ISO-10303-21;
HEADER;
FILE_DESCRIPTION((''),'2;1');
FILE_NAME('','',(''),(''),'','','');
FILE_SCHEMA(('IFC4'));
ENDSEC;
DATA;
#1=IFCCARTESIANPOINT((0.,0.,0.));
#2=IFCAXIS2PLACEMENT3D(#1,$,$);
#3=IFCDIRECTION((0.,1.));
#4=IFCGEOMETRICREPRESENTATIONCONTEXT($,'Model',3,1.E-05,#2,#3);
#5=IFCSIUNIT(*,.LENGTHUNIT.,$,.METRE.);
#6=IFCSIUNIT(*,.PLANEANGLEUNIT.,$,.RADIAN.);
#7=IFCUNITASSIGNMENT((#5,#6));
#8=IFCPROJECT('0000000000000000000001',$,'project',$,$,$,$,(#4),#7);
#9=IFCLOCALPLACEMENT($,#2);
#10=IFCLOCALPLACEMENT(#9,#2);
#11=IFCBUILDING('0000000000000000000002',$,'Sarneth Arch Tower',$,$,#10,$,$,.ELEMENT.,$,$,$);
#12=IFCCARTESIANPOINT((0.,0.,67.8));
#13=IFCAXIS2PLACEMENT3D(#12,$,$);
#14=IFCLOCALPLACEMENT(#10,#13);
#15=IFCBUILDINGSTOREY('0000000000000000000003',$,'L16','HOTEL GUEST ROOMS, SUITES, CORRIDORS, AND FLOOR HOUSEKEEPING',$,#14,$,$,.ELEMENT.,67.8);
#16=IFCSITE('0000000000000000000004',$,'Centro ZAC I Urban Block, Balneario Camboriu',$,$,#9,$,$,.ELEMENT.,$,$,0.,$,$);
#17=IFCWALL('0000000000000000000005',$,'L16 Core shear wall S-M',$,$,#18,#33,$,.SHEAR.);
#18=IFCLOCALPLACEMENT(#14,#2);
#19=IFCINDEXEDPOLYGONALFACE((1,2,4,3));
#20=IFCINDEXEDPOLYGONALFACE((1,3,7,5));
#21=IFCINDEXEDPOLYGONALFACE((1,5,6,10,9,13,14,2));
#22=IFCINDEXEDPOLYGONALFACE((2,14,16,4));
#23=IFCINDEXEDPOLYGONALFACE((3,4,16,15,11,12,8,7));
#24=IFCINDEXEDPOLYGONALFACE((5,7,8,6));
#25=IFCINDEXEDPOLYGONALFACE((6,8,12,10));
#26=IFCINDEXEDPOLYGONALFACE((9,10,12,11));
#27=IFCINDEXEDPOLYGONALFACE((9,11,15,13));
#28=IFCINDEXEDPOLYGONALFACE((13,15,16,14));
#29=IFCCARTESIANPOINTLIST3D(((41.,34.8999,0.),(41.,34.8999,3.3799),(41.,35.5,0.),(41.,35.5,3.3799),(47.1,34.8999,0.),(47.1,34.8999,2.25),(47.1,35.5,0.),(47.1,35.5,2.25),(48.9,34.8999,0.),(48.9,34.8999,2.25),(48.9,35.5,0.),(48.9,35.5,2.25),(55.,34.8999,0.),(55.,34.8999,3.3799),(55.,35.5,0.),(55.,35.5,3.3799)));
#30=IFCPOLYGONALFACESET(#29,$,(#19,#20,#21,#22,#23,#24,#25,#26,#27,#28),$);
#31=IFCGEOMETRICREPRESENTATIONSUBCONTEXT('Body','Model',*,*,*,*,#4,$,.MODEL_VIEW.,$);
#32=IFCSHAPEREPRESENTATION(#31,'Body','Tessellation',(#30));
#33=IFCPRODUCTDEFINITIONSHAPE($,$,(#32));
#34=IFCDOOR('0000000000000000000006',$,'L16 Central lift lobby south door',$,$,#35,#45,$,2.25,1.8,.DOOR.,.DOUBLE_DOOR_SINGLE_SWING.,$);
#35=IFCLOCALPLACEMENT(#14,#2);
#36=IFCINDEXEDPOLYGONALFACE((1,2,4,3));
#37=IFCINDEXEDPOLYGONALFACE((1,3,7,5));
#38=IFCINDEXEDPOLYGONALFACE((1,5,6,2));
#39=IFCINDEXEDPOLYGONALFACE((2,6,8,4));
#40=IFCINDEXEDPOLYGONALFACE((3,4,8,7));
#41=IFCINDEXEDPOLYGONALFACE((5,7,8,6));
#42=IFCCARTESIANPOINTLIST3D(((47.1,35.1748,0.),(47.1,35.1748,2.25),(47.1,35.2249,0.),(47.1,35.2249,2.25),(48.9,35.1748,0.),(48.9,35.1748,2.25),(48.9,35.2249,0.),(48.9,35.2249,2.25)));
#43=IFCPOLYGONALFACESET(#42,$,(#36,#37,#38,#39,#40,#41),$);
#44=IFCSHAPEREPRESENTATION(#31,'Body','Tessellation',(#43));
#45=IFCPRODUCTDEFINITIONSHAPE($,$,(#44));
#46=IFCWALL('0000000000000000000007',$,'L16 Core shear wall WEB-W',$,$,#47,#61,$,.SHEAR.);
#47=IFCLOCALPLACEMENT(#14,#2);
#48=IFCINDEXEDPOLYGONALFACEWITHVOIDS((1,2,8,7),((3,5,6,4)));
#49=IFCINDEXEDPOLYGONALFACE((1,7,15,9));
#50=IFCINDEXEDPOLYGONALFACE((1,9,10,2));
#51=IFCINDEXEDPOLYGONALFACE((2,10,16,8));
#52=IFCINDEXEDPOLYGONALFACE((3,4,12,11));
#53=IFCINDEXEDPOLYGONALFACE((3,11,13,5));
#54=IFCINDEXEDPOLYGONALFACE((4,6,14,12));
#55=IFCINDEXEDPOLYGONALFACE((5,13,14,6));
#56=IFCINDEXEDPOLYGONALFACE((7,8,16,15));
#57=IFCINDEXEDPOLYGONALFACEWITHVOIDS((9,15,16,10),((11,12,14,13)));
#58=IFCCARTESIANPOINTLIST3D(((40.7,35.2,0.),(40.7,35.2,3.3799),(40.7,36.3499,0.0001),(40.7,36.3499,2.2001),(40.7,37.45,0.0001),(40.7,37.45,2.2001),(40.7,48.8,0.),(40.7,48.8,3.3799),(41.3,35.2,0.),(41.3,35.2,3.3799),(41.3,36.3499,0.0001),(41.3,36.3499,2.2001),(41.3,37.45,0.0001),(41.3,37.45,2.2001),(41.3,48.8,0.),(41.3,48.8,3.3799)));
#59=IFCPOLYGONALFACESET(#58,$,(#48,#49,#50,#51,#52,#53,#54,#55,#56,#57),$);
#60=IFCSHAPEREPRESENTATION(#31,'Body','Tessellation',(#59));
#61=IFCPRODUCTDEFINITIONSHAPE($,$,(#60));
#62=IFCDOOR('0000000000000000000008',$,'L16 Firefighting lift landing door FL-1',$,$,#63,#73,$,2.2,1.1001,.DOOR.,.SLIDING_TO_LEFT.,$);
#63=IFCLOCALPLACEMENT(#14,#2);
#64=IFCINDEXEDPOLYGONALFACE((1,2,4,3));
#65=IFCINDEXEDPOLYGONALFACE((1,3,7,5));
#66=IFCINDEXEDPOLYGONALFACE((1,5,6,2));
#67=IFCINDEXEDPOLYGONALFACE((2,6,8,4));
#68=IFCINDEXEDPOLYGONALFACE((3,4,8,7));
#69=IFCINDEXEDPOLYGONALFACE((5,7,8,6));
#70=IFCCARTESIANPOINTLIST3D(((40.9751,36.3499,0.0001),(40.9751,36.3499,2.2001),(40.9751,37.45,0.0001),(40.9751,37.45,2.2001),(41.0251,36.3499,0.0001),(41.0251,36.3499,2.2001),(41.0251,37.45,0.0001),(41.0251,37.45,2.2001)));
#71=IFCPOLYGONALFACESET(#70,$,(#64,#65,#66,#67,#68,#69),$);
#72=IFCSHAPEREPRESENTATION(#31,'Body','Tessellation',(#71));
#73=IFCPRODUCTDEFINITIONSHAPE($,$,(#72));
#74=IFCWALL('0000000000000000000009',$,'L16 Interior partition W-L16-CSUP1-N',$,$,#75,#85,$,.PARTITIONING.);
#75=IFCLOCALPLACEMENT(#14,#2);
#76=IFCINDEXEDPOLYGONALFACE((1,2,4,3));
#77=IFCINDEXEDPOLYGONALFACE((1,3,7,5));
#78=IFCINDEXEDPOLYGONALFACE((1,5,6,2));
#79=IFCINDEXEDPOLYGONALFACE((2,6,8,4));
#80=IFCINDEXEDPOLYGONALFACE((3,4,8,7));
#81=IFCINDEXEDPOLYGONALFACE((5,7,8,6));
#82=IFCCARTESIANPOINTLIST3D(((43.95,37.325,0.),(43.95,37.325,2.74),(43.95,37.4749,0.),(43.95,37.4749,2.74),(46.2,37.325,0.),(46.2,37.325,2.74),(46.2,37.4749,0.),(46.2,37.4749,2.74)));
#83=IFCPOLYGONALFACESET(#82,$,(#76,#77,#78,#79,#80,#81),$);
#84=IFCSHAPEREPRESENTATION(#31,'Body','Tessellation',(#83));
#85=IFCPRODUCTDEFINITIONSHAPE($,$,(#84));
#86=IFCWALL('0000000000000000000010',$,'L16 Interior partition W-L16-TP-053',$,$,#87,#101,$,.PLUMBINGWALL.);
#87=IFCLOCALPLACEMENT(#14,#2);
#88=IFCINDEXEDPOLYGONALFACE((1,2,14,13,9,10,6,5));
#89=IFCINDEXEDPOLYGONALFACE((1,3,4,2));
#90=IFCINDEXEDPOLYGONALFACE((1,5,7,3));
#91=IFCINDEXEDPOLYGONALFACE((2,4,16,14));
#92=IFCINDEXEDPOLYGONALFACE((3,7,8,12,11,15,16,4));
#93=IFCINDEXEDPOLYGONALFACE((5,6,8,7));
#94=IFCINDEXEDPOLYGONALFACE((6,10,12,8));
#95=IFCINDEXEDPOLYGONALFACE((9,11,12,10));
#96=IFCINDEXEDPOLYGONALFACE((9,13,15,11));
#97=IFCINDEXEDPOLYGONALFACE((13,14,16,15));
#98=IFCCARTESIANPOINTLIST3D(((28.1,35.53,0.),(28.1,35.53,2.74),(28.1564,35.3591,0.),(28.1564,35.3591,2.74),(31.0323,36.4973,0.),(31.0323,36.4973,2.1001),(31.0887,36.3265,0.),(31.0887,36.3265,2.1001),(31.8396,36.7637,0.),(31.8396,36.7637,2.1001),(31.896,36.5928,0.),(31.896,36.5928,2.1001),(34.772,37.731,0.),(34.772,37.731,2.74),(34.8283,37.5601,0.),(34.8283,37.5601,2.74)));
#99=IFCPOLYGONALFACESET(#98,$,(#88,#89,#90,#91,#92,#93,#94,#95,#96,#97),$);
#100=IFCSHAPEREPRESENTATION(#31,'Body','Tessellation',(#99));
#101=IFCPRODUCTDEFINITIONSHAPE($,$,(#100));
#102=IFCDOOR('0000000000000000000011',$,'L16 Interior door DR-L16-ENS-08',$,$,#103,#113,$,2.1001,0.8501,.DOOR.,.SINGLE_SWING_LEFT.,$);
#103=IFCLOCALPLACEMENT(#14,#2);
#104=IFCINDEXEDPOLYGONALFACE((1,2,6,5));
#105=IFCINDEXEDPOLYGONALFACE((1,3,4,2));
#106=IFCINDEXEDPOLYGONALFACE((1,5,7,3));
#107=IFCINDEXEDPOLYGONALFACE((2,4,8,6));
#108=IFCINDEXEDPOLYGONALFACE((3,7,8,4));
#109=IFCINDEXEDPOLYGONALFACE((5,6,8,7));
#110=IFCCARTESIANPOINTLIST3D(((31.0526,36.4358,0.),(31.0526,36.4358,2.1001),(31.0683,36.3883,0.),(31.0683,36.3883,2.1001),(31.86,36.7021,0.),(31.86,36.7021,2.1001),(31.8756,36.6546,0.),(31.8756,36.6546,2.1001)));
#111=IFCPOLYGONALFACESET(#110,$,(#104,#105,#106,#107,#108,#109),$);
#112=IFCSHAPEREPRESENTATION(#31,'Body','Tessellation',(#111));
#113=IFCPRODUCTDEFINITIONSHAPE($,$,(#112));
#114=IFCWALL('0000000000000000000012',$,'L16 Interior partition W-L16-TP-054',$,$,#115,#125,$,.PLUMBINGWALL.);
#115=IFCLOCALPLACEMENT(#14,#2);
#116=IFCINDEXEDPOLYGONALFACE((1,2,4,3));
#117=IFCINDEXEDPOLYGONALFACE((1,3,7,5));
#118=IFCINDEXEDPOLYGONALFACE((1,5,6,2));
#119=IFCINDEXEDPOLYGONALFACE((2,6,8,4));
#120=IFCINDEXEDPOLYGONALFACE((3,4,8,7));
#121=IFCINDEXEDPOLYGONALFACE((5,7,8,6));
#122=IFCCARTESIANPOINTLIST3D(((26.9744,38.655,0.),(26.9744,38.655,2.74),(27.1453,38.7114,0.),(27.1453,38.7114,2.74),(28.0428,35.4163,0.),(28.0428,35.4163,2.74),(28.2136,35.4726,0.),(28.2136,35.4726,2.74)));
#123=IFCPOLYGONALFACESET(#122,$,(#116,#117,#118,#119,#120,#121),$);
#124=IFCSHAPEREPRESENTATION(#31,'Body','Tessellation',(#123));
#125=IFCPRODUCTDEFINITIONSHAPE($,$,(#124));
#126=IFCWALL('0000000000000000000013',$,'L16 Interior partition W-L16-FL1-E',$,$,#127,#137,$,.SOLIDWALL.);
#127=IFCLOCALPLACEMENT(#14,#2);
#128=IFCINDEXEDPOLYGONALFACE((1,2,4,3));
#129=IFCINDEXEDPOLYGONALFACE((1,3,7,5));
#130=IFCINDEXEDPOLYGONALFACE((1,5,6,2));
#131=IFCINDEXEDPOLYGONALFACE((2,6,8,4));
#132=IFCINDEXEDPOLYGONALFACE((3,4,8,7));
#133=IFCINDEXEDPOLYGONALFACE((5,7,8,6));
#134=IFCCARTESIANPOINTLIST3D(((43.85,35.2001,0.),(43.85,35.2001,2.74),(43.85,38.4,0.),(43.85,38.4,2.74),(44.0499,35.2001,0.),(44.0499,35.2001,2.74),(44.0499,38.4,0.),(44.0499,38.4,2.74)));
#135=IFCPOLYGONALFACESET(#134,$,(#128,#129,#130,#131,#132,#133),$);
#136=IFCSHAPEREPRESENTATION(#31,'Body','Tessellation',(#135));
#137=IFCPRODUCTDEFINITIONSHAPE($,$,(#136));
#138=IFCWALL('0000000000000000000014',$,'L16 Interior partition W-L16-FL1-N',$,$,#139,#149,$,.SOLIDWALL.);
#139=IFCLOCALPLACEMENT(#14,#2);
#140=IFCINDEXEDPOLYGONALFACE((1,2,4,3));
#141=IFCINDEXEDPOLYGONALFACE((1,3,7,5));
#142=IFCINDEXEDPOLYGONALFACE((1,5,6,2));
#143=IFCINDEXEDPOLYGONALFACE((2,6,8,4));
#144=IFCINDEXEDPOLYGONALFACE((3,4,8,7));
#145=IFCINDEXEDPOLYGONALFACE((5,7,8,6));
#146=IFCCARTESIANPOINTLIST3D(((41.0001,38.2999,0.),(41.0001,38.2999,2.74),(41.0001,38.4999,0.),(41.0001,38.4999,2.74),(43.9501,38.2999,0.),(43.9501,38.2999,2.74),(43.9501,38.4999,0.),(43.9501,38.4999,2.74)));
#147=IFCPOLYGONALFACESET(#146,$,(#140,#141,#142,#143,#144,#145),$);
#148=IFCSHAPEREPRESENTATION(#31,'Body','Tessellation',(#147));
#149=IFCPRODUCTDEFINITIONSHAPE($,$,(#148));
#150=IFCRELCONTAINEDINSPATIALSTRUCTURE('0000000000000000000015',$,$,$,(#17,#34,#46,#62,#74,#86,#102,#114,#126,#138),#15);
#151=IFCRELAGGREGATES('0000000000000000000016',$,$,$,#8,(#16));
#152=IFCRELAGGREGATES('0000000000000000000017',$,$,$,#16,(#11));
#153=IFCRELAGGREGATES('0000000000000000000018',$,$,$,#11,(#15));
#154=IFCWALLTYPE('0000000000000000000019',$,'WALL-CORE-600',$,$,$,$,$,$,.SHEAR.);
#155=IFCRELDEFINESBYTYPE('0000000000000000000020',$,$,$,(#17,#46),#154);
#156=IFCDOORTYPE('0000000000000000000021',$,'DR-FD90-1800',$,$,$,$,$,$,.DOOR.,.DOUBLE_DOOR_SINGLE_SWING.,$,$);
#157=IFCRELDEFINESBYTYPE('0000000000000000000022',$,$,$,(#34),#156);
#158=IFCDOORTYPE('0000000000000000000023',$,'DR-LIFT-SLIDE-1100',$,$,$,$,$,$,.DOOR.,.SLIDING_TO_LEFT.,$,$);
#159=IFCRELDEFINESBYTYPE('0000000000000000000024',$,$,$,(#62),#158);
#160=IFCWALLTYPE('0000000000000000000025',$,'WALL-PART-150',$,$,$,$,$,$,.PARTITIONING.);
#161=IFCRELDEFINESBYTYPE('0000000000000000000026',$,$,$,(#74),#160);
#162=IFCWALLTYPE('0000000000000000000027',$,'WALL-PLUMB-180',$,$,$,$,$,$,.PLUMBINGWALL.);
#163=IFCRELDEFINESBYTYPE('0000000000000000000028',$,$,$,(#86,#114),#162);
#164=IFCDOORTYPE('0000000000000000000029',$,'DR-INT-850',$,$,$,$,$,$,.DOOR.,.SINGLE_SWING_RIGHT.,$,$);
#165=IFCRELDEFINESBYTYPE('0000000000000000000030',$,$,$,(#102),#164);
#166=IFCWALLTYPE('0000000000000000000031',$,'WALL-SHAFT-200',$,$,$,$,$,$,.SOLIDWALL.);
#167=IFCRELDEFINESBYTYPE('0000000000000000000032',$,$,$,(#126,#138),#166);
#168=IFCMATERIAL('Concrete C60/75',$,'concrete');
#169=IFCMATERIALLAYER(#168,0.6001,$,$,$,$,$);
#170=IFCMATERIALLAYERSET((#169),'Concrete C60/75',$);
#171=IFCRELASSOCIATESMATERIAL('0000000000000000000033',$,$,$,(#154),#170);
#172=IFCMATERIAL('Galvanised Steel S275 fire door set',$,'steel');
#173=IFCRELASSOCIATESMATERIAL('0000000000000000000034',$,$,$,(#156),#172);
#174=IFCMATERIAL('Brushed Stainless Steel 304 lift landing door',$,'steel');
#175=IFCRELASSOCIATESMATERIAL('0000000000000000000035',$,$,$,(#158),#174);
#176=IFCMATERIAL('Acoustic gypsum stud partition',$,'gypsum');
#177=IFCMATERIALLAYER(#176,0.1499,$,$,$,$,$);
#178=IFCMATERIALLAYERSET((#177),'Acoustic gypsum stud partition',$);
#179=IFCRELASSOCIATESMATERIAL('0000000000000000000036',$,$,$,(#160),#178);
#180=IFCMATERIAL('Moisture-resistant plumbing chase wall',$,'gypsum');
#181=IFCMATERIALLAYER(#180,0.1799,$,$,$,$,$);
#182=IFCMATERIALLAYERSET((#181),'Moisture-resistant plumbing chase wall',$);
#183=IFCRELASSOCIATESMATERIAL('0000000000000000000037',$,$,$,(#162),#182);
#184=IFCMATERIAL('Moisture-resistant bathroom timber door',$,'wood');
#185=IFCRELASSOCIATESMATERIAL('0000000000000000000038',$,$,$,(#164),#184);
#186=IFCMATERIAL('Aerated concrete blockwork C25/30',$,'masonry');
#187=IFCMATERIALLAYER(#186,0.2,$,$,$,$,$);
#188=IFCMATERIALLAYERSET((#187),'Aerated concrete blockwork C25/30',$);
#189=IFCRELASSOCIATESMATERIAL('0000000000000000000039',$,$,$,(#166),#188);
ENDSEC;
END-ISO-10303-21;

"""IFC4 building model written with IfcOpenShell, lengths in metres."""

from ifc_helpers import new_model, si_unit, direction, frame, frame_2d, origin, place, context, subcontext, project, spatial, rectangle, extrude, material, layer, layer_set, type_object, element, fill, save


model = new_model("IFC4")

# Units and contexts
model_context = context("Model", 3, precision=1e-05, world=origin(), true_north=direction((0.0, 1.0)))
body_context = subcontext(model_context, "Body", "Model", "MODEL_VIEW")
ifc_project = project(units=[si_unit("LENGTHUNIT", "METRE"), si_unit("PLANEANGLEUNIT", "RADIAN")], contexts=[model_context])

# Site, building, storey
site_placement = place(None, origin())
site = spatial("IfcSite", under=ifc_project, at=site_placement, Name="Centro ZAC I Urban Block, Balneario Camboriu", CompositionType="ELEMENT", RefElevation=0.0)
building_placement = place(site_placement, origin())
building = spatial("IfcBuilding", under=site, at=building_placement, Name="Sarneth Arch Tower", CompositionType="ELEMENT")
storey_placement = place(building_placement, frame((0.0, 0.0, 67.8)))
storey = spatial("IfcBuildingStorey", under=building, at=storey_placement, Name="L16", Description="HOTEL GUEST ROOMS, SUITES, CORRIDORS, AND FLOOR HOUSEKEEPING", CompositionType="ELEMENT", Elevation=67.8)

# Shared definitions
ifc_material_1 = material(Name="Concrete C60/75", Category="concrete")
ifc_layer_1 = layer(ifc_material_1, 0.6001)
ifc_layer_set_1 = layer_set([ifc_layer_1], Name="Concrete C60/75")
wall_type_1 = type_object("IfcWallType", Name="WALL-CORE-600", PredefinedType="SHEAR", material=ifc_layer_set_1)

# Walls, openings, doors
wall_1_placement = place(storey_placement, frame((41.0, 35.2, 0.0), z_axis=(0.0, 0.0, 1.0), x_axis=(1.0, 0.0, 0.0)))
wall_1 = element("IfcWall", 1, at=wall_1_placement, inside=storey, type_object=wall_type_1, Name="L16 Core shear wall S-M", PredefinedType="SHEAR", context=body_context, shape_type="SweptSolid", body=[
    extrude(rectangle(XDim=14.0, YDim=0.6001, at=frame_2d((7.0, 0.0))), origin(), (0.0, 0.0, 1.0), 3.3799),
])
opening_1_placement = place(wall_1_placement, frame((6.1001, 0.0, 0.0)))
opening_1 = element("IfcOpeningElement", 2, at=opening_1_placement, cuts=wall_1, PredefinedType="OPENING", context=body_context, shape_type="SweptSolid", body=[
    extrude(rectangle(XDim=1.8, YDim=2.25, at=frame_2d((0.8999, 1.125))), frame((0.0, 0.3101, 0.0), z_axis=(0.0, -1.0, 0.0), x_axis=(1.0, 0.0, 0.0)), (0.0, 0.0, 1.0), 0.6201),
])
ifc_material_2 = material(Name="Galvanised Steel S275 fire door set", Category="steel")
door_type_1 = type_object("IfcDoorType", Name="DR-FD90-1800", OperationType="DOUBLE_DOOR_SINGLE_SWING", PredefinedType="DOOR", material=ifc_material_2)
door_1_placement = place(opening_1_placement, origin())
door_1 = element("IfcDoor", 3, at=door_1_placement, inside=storey, type_object=door_type_1, Name="L16 Central lift lobby south door", OperationType="DOUBLE_DOOR_SINGLE_SWING", OverallHeight=2.25, OverallWidth=1.8, PredefinedType="DOOR", context=body_context, shape_type="SweptSolid", body=[
    extrude(rectangle(XDim=1.8, YDim=2.25, at=frame_2d((0.8999, 1.125))), frame((0.0, 0.0249, 0.0), z_axis=(0.0, -1.0, 0.0), x_axis=(1.0, 0.0, 0.0)), (0.0, 0.0, 1.0), 0.05),
])
fill(opening_1, door_1)
wall_2_placement = place(storey_placement, frame((41.0, 35.2, 0.0), z_axis=(0.0, 0.0, 1.0), x_axis=(0.0, 1.0, 0.0)))
wall_2 = element("IfcWall", 4, at=wall_2_placement, inside=storey, type_object=wall_type_1, Name="L16 Core shear wall WEB-W", PredefinedType="SHEAR", context=body_context, shape_type="SweptSolid", body=[
    extrude(rectangle(XDim=13.6001, YDim=0.6001, at=frame_2d((6.8, 0.0))), origin(), (0.0, 0.0, 1.0), 3.3799),
])
opening_2_placement = place(wall_2_placement, frame((1.1499, 0.0, 0.0)))
opening_2 = element("IfcOpeningElement", 5, at=opening_2_placement, cuts=wall_2, PredefinedType="OPENING", context=body_context, shape_type="SweptSolid", body=[
    extrude(rectangle(XDim=1.1001, YDim=2.2, at=frame_2d((0.55, 1.1001))), frame((0.0, 0.3101, 0.0), z_axis=(0.0, -1.0, 0.0), x_axis=(1.0, 0.0, 0.0)), (0.0, 0.0, 1.0), 0.6201),
])
ifc_material_3 = material(Name="Brushed Stainless Steel 304 lift landing door", Category="steel")
door_type_2 = type_object("IfcDoorType", Name="DR-LIFT-SLIDE-1100", OperationType="SLIDING_TO_LEFT", PredefinedType="DOOR", material=ifc_material_3)
door_2_placement = place(opening_2_placement, origin())
door_2 = element("IfcDoor", 6, at=door_2_placement, inside=storey, type_object=door_type_2, Name="L16 Firefighting lift landing door FL-1", OperationType="SLIDING_TO_LEFT", OverallHeight=2.2, OverallWidth=1.1001, PredefinedType="DOOR", context=body_context, shape_type="SweptSolid", body=[
    extrude(rectangle(XDim=1.1001, YDim=2.2, at=frame_2d((0.55, 1.1001))), frame((0.0, 0.0249, 0.0), z_axis=(0.0, -1.0, 0.0), x_axis=(1.0, 0.0, 0.0)), (0.0, 0.0, 1.0), 0.05),
])
fill(opening_2, door_2)

# Wall
ifc_material_4 = material(Name="Acoustic gypsum stud partition", Category="gypsum")
ifc_layer_2 = layer(ifc_material_4, 0.1499)
ifc_layer_set_2 = layer_set([ifc_layer_2], Name="Acoustic gypsum stud partition")
wall_type_2 = type_object("IfcWallType", Name="WALL-PART-150", PredefinedType="PARTITIONING", material=ifc_layer_set_2)
wall_3_placement = place(storey_placement, frame((43.95, 37.3999, 0.0), z_axis=(0.0, 0.0, 1.0), x_axis=(1.0, 0.0, 0.0)))
element("IfcWall", 7, at=wall_3_placement, inside=storey, type_object=wall_type_2, Name="L16 Interior partition W-L16-CSUP1-N", PredefinedType="PARTITIONING", context=body_context, shape_type="SweptSolid", body=[
    extrude(rectangle(XDim=2.25, YDim=0.1499, at=frame_2d((1.125, 0.0))), origin(), (0.0, 0.0, 1.0), 2.74),
])

# Wall, opening, door
ifc_material_5 = material(Name="Moisture-resistant plumbing chase wall", Category="gypsum")
ifc_layer_3 = layer(ifc_material_5, 0.1799)
ifc_layer_set_3 = layer_set([ifc_layer_3], Name="Moisture-resistant plumbing chase wall")
wall_type_3 = type_object("IfcWallType", Name="WALL-PLUMB-180", PredefinedType="PLUMBINGWALL", material=ifc_layer_set_3)
wall_4_placement = place(storey_placement, frame((34.8, 37.6455, 0.0), z_axis=(0.0, 0.0, 1.0), x_axis=(-0.949662, -0.313276, 0.0)))
wall_4 = element("IfcWall", 8, at=wall_4_placement, inside=storey, type_object=wall_type_3, Name="L16 Interior partition W-L16-TP-053", PredefinedType="PLUMBINGWALL", context=body_context, shape_type="SweptSolid", body=[
    extrude(rectangle(XDim=7.0256, YDim=0.1799, at=frame_2d((3.5127, 0.0))), origin(), (0.0, 0.0, 1.0), 2.74),
])
opening_3_placement = place(wall_4_placement, frame((3.0876, 0.0, 0.0)))
opening_3 = element("IfcOpeningElement", 9, at=opening_3_placement, cuts=wall_4, PredefinedType="OPENING", context=body_context, shape_type="SweptSolid", body=[
    extrude(rectangle(XDim=0.8501, YDim=2.1001, at=frame_2d((0.425, 1.05))), frame((0.0, 0.0999, 0.0), z_axis=(0.0, -1.0, 0.0), x_axis=(1.0, 0.0, 0.0)), (0.0, 0.0, 1.0), 0.2),
])
ifc_material_6 = material(Name="Moisture-resistant bathroom timber door", Category="wood")
door_type_3 = type_object("IfcDoorType", Name="DR-INT-850", OperationType="SINGLE_SWING_RIGHT", PredefinedType="DOOR", material=ifc_material_6)
door_3_placement = place(opening_3_placement, origin())
door_3 = element("IfcDoor", 10, at=door_3_placement, inside=storey, type_object=door_type_3, Name="L16 Interior door DR-L16-ENS-08", OperationType="SINGLE_SWING_LEFT", OverallHeight=2.1001, OverallWidth=0.8501, PredefinedType="DOOR", context=body_context, shape_type="SweptSolid", body=[
    extrude(rectangle(XDim=0.8501, YDim=2.1001, at=frame_2d((0.425, 1.05))), frame((0.0, 0.0249, 0.0), z_axis=(0.0, -1.0, 0.0), x_axis=(1.0, 0.0, 0.0)), (0.0, 0.0, 1.0), 0.05),
])
fill(opening_3, door_3)

# Wall
wall_5_placement = place(storey_placement, frame((28.1282, 35.4446, 0.0), z_axis=(0.0, 0.0, 1.0), x_axis=(-0.313263, 0.949667, 0.0)))
element("IfcWall", 11, at=wall_5_placement, inside=storey, type_object=wall_type_3, Name="L16 Interior partition W-L16-TP-054", PredefinedType="PLUMBINGWALL", context=body_context, shape_type="SweptSolid", body=[
    extrude(rectangle(XDim=3.4104, YDim=0.1799, at=frame_2d((1.7051, 0.0))), origin(), (0.0, 0.0, 1.0), 2.74),
])

# Shared definitions
ifc_material_7 = material(Name="Aerated concrete blockwork C25/30", Category="masonry")
ifc_layer_4 = layer(ifc_material_7, 0.2)
ifc_layer_set_4 = layer_set([ifc_layer_4], Name="Aerated concrete blockwork C25/30")
wall_type_4 = type_object("IfcWallType", Name="WALL-SHAFT-200", PredefinedType="SOLIDWALL", material=ifc_layer_set_4)

# Walls
wall_6_placement = place(storey_placement, frame((43.95, 35.2, 0.0), z_axis=(0.0, 0.0, 1.0), x_axis=(0.0, 1.0, 0.0)))
element("IfcWall", 12, at=wall_6_placement, inside=storey, type_object=wall_type_4, Name="L16 Interior partition W-L16-FL1-E", PredefinedType="SOLIDWALL", context=body_context, shape_type="SweptSolid", body=[
    extrude(rectangle(XDim=3.2, YDim=0.2, at=frame_2d((1.6001, 0.0))), origin(), (0.0, 0.0, 1.0), 2.74),
])
wall_7_placement = place(storey_placement, frame((41.0, 38.3999, 0.0), z_axis=(0.0, 0.0, 1.0), x_axis=(1.0, 0.0, 0.0)))
element("IfcWall", 13, at=wall_7_placement, inside=storey, type_object=wall_type_4, Name="L16 Interior partition W-L16-FL1-N", PredefinedType="SOLIDWALL", context=body_context, shape_type="SweptSolid", body=[
    extrude(rectangle(XDim=2.95, YDim=0.2, at=frame_2d((1.4751, 0.0))), origin(), (0.0, 0.0, 1.0), 2.74),
])

save(model, "model.ifc")
